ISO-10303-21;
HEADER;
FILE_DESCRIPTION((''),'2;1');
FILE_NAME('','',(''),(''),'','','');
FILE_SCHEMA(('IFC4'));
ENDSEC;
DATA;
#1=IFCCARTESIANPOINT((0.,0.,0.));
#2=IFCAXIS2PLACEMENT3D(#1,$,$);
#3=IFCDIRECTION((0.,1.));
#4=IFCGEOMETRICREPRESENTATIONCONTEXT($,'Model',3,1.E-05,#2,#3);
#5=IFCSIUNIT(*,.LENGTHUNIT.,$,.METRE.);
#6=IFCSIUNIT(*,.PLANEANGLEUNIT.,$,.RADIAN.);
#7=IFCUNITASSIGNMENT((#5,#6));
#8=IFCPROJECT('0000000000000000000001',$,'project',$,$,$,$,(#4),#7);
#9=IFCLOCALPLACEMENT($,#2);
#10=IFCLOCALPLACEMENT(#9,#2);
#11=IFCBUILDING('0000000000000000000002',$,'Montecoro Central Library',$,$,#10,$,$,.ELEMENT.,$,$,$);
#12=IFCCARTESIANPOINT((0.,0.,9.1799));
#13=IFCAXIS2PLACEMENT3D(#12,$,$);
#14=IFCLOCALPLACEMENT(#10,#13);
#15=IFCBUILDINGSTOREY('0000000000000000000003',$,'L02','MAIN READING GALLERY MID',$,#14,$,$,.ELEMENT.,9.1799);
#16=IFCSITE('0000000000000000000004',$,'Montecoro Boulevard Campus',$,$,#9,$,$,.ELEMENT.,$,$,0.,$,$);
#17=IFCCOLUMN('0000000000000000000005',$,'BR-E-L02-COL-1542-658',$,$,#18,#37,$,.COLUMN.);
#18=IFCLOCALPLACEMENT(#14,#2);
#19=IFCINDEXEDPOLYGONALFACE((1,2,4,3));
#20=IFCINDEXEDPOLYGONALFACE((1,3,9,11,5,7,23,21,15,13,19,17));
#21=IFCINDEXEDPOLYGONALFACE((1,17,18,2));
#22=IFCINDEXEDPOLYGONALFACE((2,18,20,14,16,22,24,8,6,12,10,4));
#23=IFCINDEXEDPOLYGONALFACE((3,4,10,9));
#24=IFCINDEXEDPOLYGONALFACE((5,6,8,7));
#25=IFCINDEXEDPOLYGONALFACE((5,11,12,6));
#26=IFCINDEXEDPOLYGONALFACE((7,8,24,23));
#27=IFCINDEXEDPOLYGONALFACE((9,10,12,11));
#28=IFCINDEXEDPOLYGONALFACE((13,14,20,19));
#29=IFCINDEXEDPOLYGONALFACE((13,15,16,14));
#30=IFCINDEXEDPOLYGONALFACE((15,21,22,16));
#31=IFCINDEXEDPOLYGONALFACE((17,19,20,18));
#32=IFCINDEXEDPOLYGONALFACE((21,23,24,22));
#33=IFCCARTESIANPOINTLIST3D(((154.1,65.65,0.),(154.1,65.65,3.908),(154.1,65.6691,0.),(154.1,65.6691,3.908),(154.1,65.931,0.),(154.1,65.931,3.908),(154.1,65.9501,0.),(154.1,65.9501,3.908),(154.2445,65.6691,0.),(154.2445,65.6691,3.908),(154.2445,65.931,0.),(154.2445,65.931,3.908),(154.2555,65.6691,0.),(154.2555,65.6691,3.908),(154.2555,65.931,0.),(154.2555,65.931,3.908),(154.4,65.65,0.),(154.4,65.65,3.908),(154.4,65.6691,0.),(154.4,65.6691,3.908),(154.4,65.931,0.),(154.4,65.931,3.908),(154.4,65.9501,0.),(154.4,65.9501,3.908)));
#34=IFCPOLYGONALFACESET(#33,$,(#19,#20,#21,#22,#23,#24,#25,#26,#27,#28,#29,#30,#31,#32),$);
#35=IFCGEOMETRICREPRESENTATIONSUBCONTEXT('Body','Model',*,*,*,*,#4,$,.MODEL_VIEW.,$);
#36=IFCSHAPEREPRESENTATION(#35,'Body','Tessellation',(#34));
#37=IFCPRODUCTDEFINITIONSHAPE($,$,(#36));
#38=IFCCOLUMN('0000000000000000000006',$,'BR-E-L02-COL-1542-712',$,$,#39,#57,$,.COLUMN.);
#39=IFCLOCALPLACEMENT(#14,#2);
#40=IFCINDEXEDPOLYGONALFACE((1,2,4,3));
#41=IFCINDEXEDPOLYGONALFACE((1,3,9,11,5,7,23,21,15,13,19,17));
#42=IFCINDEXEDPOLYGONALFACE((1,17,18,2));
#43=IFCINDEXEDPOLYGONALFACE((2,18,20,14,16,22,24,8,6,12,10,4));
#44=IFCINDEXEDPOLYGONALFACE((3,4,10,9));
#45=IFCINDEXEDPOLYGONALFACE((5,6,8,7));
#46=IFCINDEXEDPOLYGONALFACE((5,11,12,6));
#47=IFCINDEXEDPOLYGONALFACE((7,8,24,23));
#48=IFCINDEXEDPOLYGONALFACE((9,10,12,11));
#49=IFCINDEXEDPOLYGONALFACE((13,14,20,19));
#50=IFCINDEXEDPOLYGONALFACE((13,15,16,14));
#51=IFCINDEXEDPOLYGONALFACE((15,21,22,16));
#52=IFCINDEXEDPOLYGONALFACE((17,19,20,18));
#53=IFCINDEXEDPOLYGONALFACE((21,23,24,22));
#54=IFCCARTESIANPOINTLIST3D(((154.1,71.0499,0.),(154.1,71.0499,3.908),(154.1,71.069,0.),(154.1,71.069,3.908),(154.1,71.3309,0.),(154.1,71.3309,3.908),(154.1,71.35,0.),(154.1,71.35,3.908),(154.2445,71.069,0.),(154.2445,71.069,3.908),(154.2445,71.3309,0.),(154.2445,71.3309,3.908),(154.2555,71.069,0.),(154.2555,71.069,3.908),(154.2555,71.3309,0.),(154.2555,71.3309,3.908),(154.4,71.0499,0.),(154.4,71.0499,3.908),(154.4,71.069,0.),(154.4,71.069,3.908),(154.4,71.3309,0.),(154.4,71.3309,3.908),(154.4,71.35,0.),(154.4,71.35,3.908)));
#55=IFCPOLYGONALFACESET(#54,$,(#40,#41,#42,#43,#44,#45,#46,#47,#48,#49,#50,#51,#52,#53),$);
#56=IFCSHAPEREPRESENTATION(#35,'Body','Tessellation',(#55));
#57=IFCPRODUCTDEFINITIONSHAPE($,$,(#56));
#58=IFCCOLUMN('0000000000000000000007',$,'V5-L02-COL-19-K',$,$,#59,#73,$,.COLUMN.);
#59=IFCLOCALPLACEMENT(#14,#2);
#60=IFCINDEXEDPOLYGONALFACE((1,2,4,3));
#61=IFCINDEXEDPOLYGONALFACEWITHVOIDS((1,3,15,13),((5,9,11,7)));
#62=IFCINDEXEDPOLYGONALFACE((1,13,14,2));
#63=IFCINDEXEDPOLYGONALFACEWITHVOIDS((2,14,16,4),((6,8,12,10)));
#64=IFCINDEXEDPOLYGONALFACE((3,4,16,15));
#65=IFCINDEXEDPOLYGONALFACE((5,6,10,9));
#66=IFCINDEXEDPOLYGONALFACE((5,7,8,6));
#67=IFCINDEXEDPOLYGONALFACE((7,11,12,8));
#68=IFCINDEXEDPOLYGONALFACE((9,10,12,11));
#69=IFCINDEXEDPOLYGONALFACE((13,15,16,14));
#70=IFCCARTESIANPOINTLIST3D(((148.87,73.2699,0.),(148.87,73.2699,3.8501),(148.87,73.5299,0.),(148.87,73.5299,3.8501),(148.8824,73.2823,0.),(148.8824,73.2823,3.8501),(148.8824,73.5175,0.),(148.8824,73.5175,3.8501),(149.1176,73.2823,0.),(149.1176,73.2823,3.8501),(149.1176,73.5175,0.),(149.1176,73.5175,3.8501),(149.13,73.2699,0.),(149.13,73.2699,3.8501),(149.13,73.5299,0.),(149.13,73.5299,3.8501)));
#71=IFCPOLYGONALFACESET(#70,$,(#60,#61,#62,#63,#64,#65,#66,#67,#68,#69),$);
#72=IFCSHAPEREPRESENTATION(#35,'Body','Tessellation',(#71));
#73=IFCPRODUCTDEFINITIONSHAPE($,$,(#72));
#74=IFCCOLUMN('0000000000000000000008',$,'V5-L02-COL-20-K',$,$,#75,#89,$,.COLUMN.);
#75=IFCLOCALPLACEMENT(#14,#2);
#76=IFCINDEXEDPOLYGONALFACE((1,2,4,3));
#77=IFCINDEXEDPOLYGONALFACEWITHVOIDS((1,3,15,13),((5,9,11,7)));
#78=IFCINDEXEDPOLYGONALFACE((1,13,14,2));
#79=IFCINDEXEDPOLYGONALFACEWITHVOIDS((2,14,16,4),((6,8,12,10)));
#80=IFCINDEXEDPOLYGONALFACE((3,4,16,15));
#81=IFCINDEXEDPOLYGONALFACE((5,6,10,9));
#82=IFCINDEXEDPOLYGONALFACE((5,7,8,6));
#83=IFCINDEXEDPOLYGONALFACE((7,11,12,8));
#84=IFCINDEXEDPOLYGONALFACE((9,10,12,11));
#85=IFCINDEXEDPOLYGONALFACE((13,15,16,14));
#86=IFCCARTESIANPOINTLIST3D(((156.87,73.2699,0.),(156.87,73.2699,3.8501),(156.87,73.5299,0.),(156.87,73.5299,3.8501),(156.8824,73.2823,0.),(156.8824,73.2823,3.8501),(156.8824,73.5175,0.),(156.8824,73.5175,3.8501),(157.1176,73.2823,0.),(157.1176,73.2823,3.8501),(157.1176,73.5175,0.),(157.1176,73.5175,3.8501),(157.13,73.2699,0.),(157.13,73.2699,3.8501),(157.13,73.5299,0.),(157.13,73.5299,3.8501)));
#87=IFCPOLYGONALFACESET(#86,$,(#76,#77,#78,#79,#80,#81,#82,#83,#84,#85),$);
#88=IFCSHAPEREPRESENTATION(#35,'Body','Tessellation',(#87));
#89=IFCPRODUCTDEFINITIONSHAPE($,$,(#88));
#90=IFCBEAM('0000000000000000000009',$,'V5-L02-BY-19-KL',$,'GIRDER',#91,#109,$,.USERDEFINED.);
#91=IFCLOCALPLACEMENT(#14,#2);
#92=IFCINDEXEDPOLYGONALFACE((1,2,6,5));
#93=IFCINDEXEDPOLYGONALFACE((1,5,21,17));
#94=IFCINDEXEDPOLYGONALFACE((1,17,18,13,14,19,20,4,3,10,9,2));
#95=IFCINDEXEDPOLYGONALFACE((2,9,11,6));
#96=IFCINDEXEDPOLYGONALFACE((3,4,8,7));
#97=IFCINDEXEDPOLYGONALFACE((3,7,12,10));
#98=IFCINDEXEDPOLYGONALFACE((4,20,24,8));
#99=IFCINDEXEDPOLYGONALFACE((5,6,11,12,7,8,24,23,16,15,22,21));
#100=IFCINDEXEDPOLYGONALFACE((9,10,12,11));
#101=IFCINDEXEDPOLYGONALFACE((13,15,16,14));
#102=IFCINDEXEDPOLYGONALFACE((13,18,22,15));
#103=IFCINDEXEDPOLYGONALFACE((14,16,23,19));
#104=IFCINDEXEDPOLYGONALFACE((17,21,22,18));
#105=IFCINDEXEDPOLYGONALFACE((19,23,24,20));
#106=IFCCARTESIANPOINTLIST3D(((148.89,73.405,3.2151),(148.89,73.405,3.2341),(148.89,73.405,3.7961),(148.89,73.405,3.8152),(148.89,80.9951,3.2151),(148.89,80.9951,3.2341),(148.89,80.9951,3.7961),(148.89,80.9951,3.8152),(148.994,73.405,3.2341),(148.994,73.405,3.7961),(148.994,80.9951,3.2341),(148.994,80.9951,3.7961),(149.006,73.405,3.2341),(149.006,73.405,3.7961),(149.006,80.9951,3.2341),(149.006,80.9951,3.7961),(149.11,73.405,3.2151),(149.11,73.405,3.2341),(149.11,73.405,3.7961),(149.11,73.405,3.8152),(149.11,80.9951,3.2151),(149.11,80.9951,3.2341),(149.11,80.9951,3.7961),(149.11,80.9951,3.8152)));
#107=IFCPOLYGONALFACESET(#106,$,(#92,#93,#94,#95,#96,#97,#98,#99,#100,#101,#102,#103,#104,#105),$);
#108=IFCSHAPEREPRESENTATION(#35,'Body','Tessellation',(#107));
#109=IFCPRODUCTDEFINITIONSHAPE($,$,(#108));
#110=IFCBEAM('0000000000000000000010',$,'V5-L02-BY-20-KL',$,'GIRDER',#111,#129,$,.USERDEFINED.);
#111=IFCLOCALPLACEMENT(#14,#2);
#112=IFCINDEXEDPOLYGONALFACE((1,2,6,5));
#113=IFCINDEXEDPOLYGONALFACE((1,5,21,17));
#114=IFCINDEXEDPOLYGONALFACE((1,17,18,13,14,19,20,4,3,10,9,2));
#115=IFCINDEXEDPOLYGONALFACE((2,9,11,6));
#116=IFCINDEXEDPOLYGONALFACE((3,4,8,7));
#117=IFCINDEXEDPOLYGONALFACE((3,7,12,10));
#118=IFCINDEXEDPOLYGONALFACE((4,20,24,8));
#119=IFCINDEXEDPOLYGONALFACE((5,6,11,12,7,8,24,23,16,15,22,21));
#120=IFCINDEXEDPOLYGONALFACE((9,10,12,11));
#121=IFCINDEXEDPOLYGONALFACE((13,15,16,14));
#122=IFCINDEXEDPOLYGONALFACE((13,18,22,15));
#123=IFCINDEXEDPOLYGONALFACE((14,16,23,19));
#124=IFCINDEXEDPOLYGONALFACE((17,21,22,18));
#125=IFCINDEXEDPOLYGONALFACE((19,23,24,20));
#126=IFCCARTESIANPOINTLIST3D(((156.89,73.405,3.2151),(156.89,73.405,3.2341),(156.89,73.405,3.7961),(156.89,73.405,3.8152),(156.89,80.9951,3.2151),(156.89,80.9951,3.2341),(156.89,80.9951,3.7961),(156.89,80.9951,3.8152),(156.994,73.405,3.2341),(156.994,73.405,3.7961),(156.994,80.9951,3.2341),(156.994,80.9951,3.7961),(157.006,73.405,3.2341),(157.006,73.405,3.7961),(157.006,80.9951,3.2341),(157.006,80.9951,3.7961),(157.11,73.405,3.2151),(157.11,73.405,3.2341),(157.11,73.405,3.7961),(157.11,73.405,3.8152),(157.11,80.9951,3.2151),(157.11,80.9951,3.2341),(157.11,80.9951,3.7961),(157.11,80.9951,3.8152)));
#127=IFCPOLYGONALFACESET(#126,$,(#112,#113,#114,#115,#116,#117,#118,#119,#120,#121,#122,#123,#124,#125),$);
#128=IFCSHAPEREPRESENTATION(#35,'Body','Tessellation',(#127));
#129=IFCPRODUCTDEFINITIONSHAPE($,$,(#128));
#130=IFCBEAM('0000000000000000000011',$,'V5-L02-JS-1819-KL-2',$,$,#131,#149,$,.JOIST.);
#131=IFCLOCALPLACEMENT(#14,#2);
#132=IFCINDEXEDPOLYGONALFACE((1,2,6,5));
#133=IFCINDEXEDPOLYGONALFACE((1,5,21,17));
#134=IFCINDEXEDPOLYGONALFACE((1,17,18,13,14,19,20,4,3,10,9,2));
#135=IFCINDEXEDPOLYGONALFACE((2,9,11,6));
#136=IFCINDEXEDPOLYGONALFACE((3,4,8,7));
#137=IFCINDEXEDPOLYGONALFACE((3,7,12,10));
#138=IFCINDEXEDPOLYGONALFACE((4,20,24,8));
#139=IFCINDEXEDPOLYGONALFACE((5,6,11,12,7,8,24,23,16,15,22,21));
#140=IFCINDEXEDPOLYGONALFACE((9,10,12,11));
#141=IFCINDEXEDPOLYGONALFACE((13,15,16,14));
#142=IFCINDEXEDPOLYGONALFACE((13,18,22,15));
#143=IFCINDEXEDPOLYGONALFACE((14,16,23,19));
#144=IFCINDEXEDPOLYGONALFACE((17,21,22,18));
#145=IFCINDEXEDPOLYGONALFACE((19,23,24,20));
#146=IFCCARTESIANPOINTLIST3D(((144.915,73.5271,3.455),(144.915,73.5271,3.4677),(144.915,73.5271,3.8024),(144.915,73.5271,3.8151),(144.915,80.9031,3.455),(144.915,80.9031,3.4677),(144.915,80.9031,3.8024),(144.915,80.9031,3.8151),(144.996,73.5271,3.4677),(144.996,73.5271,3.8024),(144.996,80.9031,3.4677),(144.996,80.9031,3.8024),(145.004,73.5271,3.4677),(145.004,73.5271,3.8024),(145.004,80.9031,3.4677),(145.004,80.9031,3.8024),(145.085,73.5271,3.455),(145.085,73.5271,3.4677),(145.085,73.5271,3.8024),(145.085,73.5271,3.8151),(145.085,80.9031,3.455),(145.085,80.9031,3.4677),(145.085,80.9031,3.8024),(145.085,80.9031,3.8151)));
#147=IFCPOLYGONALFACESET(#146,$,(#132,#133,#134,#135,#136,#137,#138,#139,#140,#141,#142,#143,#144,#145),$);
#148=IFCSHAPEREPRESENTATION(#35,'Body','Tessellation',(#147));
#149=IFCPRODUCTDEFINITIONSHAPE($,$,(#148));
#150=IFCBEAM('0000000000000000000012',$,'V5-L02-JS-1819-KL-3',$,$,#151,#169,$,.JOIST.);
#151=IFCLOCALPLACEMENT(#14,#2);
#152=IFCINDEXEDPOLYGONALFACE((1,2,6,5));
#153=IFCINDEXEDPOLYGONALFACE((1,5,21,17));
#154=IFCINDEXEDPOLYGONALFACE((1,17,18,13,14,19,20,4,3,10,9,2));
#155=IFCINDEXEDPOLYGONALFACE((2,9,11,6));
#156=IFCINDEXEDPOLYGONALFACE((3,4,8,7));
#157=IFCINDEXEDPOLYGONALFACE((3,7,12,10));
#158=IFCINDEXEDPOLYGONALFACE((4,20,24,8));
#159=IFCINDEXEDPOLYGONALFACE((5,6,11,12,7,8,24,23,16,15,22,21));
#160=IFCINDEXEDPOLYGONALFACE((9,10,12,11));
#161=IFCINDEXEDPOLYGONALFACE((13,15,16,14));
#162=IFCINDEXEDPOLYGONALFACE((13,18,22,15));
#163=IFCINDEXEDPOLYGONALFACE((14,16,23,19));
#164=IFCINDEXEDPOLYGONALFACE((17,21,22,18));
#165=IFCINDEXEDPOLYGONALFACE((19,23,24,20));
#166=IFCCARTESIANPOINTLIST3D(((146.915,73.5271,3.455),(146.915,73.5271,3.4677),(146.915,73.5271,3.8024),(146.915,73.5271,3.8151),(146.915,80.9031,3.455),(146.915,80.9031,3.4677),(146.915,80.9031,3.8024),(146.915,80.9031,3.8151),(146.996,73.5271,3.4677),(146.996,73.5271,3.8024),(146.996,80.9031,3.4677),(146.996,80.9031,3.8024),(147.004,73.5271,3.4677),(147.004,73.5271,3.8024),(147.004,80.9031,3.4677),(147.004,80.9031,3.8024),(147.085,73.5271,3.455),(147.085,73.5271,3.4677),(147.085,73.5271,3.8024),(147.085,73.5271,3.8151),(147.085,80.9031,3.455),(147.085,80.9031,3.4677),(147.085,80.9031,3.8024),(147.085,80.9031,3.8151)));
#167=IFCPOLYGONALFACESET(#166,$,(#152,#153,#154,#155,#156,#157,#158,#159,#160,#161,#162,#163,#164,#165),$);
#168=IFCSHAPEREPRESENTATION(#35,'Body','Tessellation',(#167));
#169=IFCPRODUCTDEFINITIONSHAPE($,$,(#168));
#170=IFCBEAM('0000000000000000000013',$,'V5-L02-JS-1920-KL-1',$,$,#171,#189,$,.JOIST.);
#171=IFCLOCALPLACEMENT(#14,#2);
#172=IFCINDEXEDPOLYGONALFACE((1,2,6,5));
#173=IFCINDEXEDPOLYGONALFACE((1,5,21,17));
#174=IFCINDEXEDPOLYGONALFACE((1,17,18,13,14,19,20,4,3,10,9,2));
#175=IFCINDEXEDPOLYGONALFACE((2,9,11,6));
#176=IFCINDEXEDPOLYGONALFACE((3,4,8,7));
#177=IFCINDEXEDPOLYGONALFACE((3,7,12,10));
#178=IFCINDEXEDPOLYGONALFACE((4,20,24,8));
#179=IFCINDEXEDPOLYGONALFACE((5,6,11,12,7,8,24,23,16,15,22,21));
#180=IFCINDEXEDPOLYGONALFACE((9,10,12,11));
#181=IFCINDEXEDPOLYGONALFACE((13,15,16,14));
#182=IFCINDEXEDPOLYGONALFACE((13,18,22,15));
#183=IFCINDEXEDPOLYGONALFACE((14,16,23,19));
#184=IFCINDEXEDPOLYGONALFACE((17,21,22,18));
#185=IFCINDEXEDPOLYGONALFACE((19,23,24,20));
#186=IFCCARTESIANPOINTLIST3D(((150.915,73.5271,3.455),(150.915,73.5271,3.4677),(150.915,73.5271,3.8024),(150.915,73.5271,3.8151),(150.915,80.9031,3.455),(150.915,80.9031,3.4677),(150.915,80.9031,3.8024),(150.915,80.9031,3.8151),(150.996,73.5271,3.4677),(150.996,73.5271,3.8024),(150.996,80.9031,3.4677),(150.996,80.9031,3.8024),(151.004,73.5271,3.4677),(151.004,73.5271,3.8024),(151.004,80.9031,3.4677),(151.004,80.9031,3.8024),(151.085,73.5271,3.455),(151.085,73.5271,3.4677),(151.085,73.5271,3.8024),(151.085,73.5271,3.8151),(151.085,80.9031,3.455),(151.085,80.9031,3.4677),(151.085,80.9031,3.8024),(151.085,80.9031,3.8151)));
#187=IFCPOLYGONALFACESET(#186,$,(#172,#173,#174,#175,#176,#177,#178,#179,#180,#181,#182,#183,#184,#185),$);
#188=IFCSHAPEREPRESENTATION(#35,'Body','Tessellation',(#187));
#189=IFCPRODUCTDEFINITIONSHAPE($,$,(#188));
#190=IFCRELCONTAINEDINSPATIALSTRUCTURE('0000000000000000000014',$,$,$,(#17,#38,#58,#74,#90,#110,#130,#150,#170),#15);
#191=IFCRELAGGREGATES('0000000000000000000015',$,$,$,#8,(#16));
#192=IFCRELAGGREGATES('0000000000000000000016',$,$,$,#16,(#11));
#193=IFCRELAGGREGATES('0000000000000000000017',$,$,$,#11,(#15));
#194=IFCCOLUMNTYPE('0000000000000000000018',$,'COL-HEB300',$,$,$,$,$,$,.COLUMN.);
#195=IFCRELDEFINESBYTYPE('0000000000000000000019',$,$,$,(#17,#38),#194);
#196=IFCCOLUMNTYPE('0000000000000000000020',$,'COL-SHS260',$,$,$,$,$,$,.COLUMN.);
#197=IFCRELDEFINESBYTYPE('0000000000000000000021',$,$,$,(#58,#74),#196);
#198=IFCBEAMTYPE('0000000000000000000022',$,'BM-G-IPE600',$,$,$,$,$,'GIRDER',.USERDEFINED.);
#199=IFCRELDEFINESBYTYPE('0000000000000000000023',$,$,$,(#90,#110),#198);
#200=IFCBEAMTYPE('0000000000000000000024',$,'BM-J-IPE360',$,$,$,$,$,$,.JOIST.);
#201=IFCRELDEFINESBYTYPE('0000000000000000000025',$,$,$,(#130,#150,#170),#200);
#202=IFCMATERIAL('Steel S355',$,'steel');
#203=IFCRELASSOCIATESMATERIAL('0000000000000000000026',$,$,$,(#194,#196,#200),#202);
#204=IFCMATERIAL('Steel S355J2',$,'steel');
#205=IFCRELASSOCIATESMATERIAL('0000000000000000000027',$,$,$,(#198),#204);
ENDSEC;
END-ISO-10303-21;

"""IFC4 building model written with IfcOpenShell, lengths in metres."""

from ifc_helpers import new_model, si_unit, direction, frame, origin, origin_2d, place, context, subcontext, project, spatial, hollow_rectangle, i_section, extrude, material, material_profile, profile_set, type_object, element, save


model = new_model("IFC4")

# Units and contexts
model_context = context("Model", 3, precision=1e-05, world=origin(), true_north=direction((0.0, 1.0)))
body_context = subcontext(model_context, "Body", "Model", "MODEL_VIEW")
ifc_project = project(units=[si_unit("LENGTHUNIT", "METRE"), si_unit("PLANEANGLEUNIT", "RADIAN")], contexts=[model_context])

# Site, building, storey
site_placement = place(None, origin())
site = spatial("IfcSite", under=ifc_project, at=site_placement, Name="Montecoro Boulevard Campus", CompositionType="ELEMENT", RefElevation=0.0)
building_placement = place(site_placement, origin())
building = spatial("IfcBuilding", under=site, at=building_placement, Name="Montecoro Central Library", CompositionType="ELEMENT")
storey_placement = place(building_placement, frame((0.0, 0.0, 9.1799)))
storey = spatial("IfcBuildingStorey", under=building, at=storey_placement, Name="L02", Description="MAIN READING GALLERY MID", CompositionType="ELEMENT", Elevation=9.1799)

# Columns
ifc_material_1 = material(Name="Steel S355", Category="steel")
ifc_material_profile_1 = material_profile(ifc_material_1, i_section(OverallWidth=0.3, OverallDepth=0.3, WebThickness=0.011, FlangeThickness=0.019, at=origin_2d()), Name="HEB 300")
ifc_profile_set_1 = profile_set([ifc_material_profile_1], Name="Steel S355")
column_type_1 = type_object("IfcColumnType", Name="COL-HEB300", PredefinedType="COLUMN", material=ifc_profile_set_1)
for number, where, z_axis, x_axis, name in (
    (1, (154.25, 65.8, 0.0), (0.0, 0.0, 1.0), (1.0, 0.0, 0.0), "BR-E-L02-COL-1542-658"),
    (2, (154.25, 71.2, 0.0), (0.0, 0.0, 1.0), (1.0, 0.0, 0.0), "BR-E-L02-COL-1542-712"),
):
    element("IfcColumn", number, at=place(storey_placement, frame(where, z_axis=z_axis, x_axis=x_axis)), inside=storey, type_object=column_type_1, Name=name, PredefinedType="COLUMN", context=body_context, shape_type="SweptSolid", body=[
        extrude(i_section(OverallWidth=0.3, OverallDepth=0.3, WebThickness=0.011, FlangeThickness=0.019, at=origin_2d()), origin(), (0.0, 0.0, 1.0), 3.908),
    ])
ifc_material_profile_2 = material_profile(ifc_material_1, hollow_rectangle(XDim=0.26, YDim=0.26, WallThickness=0.0125, at=origin_2d()), Name="SHS 260x260x12.5")
ifc_profile_set_2 = profile_set([ifc_material_profile_2], Name="Steel S355")
column_type_2 = type_object("IfcColumnType", Name="COL-SHS260", PredefinedType="COLUMN", material=ifc_profile_set_2)
for number, where, z_axis, x_axis, name in (
    (3, (149.0, 73.3999, 0.0), (0.0, 0.0, 1.0), (1.0, 0.0, 0.0), "V5-L02-COL-19-K"),
    (4, (157.0, 73.3999, 0.0), (0.0, 0.0, 1.0), (1.0, 0.0, 0.0), "V5-L02-COL-20-K"),
):
    element("IfcColumn", number, at=place(storey_placement, frame(where, z_axis=z_axis, x_axis=x_axis)), inside=storey, type_object=column_type_2, Name=name, PredefinedType="COLUMN", context=body_context, shape_type="SweptSolid", body=[
        extrude(hollow_rectangle(XDim=0.26, YDim=0.26, WallThickness=0.0125, at=origin_2d()), origin(), (0.0, 0.0, 1.0), 3.8501),
    ])

# Beams
ifc_material_2 = material(Name="Steel S355J2", Category="steel")
ifc_material_profile_3 = material_profile(ifc_material_2, i_section(OverallWidth=0.22, OverallDepth=0.6001, WebThickness=0.012, FlangeThickness=0.019, at=origin_2d()), Name="IPE 600")
ifc_profile_set_3 = profile_set([ifc_material_profile_3], Name="Steel S355J2")
beam_type_1 = type_object("IfcBeamType", Name="BM-G-IPE600", ElementType="GIRDER", PredefinedType="USERDEFINED", material=ifc_profile_set_3)
for number, where, z_axis, x_axis, name in (
    (5, (149.0, 73.405, 3.5151), (0.0, 1.0, 0.0), (-1.0, 0.0, 0.0), "V5-L02-BY-19-KL"),
    (6, (157.0, 73.405, 3.5151), (0.0, 1.0, 0.0), (-1.0, 0.0, 0.0), "V5-L02-BY-20-KL"),
):
    element("IfcBeam", number, at=place(storey_placement, frame(where, z_axis=z_axis, x_axis=x_axis)), inside=storey, type_object=beam_type_1, Name=name, ObjectType="GIRDER", PredefinedType="USERDEFINED", context=body_context, shape_type="SweptSolid", body=[
        extrude(i_section(OverallWidth=0.22, OverallDepth=0.6001, WebThickness=0.012, FlangeThickness=0.019, at=origin_2d()), origin(), (0.0, 0.0, 1.0), 7.5901),
    ])
ifc_material_profile_4 = material_profile(ifc_material_1, i_section(OverallWidth=0.1699, OverallDepth=0.3601, WebThickness=0.0081, FlangeThickness=0.0127, at=origin_2d()), Name="IPE 360")
ifc_profile_set_4 = profile_set([ifc_material_profile_4], Name="Steel S355")
beam_type_2 = type_object("IfcBeamType", Name="BM-J-IPE360", PredefinedType="JOIST", material=ifc_profile_set_4)
for number, where, z_axis, x_axis, name in (
    (7, (145.0, 73.5271, 3.635), (0.0, 1.0, 0.0), (-1.0, 0.0, 0.0), "V5-L02-JS-1819-KL-2"),
    (8, (147.0, 73.5271, 3.635), (0.0, 1.0, 0.0), (-1.0, 0.0, 0.0), "V5-L02-JS-1819-KL-3"),
    (9, (151.0, 73.5271, 3.635), (0.0, 1.0, 0.0), (-1.0, 0.0, 0.0), "V5-L02-JS-1920-KL-1"),
):
    element("IfcBeam", number, at=place(storey_placement, frame(where, z_axis=z_axis, x_axis=x_axis)), inside=storey, type_object=beam_type_2, Name=name, PredefinedType="JOIST", context=body_context, shape_type="SweptSolid", body=[
        extrude(i_section(OverallWidth=0.1699, OverallDepth=0.3601, WebThickness=0.0081, FlangeThickness=0.0127, at=origin_2d()), origin(), (0.0, 0.0, 1.0), 7.376),
    ])

save(model, "model.ifc")
